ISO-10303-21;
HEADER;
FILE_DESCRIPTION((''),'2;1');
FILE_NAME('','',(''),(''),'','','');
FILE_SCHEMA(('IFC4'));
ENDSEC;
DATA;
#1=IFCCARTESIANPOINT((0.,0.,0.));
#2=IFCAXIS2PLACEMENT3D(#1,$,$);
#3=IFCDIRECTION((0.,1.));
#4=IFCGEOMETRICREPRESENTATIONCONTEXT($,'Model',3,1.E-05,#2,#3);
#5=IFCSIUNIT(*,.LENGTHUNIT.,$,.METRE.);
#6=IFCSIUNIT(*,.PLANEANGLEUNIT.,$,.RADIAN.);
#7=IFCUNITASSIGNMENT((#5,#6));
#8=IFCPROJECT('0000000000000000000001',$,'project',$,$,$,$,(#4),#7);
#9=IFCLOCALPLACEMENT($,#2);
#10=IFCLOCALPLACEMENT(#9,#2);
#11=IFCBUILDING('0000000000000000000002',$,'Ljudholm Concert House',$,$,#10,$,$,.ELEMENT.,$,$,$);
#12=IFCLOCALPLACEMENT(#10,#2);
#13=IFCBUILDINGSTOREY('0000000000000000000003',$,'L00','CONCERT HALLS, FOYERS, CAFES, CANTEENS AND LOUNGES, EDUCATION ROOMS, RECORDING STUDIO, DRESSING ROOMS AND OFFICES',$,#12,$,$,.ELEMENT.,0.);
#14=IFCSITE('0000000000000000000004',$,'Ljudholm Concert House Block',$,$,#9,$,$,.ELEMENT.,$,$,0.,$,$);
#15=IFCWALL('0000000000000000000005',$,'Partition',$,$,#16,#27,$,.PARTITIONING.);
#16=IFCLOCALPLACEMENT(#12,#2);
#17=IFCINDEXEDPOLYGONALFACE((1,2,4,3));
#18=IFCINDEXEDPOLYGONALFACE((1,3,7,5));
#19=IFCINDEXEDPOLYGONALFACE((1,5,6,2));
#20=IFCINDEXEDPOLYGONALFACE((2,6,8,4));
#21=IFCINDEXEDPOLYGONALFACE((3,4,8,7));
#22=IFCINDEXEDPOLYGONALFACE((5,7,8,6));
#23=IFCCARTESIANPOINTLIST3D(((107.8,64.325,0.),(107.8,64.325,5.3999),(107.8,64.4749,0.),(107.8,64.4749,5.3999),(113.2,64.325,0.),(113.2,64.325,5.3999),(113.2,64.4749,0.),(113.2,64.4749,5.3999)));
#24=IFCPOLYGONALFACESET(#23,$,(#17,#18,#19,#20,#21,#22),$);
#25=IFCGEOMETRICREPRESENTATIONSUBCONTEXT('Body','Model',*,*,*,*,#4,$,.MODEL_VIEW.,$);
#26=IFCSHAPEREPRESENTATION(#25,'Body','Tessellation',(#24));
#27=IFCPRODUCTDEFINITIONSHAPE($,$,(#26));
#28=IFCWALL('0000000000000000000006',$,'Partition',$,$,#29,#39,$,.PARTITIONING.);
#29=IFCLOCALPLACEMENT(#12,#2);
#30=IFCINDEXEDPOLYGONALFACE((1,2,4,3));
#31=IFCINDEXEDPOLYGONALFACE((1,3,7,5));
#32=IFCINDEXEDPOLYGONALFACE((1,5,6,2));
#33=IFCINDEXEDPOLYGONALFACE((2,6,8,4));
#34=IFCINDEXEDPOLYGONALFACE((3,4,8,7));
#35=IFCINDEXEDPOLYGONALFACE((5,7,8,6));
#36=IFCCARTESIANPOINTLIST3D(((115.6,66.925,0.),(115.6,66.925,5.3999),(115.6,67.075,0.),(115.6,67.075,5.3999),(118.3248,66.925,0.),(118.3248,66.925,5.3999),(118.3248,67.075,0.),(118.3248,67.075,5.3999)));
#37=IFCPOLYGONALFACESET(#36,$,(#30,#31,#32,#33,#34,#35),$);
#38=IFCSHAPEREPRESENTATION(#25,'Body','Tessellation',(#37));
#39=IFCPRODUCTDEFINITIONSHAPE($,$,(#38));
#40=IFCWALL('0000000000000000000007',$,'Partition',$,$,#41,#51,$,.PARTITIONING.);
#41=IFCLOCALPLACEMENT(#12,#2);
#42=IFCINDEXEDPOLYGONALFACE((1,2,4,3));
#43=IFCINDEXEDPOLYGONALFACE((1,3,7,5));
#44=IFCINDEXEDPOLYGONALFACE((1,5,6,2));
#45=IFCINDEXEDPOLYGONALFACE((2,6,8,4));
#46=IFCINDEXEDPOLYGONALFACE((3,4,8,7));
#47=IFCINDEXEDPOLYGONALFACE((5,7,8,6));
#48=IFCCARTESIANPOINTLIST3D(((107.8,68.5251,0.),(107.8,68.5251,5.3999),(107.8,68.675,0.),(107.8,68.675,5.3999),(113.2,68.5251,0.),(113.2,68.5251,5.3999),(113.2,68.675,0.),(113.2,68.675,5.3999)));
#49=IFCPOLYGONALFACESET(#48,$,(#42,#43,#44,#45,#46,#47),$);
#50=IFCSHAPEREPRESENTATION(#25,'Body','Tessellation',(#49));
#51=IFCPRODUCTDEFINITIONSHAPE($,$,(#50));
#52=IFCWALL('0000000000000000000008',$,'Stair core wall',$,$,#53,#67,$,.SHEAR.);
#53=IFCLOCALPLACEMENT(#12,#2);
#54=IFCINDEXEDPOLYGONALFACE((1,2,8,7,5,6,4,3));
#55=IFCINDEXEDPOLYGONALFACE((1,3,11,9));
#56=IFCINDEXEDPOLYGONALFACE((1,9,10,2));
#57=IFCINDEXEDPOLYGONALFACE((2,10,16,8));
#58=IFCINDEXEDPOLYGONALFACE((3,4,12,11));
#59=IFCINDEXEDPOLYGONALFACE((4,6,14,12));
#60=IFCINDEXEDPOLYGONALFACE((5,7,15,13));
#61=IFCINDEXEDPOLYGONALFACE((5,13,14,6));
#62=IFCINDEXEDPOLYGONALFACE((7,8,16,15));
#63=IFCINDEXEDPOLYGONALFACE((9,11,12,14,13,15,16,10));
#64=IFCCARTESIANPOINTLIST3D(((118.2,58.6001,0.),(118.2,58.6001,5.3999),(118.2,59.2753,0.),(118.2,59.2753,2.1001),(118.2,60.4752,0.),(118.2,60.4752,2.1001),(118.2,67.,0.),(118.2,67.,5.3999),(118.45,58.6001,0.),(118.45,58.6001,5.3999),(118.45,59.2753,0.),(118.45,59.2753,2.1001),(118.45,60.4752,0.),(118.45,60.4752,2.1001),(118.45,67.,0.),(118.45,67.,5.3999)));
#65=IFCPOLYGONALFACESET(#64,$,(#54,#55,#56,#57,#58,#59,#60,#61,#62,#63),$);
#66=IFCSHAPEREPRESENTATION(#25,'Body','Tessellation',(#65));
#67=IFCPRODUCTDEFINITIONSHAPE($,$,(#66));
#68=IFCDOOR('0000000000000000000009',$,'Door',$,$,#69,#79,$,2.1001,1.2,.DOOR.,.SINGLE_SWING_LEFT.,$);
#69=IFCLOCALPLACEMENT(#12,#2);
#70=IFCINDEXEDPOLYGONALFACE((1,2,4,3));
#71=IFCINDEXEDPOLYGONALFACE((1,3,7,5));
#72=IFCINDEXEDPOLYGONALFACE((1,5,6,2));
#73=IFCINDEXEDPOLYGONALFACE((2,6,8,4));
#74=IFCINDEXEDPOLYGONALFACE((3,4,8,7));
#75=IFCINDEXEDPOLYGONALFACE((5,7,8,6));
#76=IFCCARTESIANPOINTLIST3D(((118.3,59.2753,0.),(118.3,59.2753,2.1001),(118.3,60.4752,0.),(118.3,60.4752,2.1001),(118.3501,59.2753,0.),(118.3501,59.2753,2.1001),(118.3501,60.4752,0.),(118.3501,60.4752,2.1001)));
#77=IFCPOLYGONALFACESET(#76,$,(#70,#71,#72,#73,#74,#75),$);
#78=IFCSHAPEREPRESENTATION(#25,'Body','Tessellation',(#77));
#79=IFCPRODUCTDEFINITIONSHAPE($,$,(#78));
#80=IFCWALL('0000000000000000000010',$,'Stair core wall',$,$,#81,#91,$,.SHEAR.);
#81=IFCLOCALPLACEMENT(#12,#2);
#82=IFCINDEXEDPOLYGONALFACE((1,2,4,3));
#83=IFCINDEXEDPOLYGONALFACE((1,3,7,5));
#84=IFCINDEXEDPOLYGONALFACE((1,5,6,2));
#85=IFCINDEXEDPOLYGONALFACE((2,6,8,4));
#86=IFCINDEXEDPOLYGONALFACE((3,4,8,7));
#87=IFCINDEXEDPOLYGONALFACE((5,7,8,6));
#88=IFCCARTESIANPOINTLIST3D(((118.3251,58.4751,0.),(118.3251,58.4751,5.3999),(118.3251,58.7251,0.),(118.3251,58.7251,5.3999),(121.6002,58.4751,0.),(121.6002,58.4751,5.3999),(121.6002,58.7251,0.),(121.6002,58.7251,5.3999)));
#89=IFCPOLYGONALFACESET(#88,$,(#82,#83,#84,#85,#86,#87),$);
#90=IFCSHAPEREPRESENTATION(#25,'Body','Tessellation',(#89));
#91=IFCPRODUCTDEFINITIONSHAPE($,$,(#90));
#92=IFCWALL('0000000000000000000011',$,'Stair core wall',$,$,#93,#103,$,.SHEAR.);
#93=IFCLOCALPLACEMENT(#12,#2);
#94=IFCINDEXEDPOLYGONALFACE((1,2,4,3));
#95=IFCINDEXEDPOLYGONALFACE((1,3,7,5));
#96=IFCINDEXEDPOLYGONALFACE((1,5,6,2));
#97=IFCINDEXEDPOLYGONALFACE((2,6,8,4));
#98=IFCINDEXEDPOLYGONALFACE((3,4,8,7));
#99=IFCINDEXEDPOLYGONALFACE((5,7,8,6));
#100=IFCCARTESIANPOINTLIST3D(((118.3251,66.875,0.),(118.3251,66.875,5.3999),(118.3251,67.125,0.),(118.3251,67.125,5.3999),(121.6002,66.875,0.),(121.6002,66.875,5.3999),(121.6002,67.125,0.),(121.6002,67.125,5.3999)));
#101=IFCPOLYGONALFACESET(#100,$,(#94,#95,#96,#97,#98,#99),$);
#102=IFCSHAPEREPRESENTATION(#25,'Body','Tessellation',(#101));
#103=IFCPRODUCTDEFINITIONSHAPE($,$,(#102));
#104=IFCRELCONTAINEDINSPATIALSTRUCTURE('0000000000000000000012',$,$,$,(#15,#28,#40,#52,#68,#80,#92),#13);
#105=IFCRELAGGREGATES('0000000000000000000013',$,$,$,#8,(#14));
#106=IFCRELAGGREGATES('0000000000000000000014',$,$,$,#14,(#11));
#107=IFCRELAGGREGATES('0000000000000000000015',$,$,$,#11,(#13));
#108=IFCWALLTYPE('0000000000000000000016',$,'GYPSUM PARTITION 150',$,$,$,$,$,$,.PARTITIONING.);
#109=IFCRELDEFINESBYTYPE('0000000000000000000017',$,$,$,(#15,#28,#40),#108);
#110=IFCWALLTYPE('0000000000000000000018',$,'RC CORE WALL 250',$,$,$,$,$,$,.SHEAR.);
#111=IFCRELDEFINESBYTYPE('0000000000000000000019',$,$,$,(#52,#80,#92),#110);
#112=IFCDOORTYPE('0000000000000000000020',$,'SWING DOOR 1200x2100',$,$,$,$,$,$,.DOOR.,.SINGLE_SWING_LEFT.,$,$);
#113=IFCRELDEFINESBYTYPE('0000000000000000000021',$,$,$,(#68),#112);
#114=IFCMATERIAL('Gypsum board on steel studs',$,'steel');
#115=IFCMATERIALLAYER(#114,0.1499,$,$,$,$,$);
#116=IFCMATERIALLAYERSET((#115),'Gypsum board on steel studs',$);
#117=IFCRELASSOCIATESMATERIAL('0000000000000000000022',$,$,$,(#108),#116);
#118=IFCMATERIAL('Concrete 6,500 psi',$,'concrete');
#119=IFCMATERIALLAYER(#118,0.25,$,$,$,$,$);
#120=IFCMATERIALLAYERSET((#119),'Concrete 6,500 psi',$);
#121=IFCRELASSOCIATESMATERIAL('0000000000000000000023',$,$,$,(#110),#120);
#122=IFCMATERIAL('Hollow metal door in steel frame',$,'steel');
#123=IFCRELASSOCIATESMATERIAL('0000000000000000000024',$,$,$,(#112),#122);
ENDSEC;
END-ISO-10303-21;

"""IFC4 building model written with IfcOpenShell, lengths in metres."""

from ifc_helpers import new_model, si_unit, direction, frame, frame_2d, origin, place, context, subcontext, project, spatial, rectangle, extrude, material, layer, layer_set, type_object, element, fill, save


model = new_model("IFC4")

# Units and contexts
model_context = context("Model", 3, precision=1e-05, world=origin(), true_north=direction((0.0, 1.0)))
body_context = subcontext(model_context, "Body", "Model", "MODEL_VIEW")
ifc_project = project(units=[si_unit("LENGTHUNIT", "METRE"), si_unit("PLANEANGLEUNIT", "RADIAN")], contexts=[model_context])

# Site, building, storey
site_placement = place(None, origin())
site = spatial("IfcSite", under=ifc_project, at=site_placement, Name="Ljudholm Concert House Block", CompositionType="ELEMENT", RefElevation=0.0)
building_placement = place(site_placement, origin())
building = spatial("IfcBuilding", under=site, at=building_placement, Name="Ljudholm Concert House", CompositionType="ELEMENT")
storey_placement = place(building_placement, origin())
storey = spatial("IfcBuildingStorey", under=building, at=storey_placement, Name="L00", Description="CONCERT HALLS, FOYERS, CAFES, CANTEENS AND LOUNGES, EDUCATION ROOMS, RECORDING STUDIO, DRESSING ROOMS AND OFFICES", CompositionType="ELEMENT", Elevation=0.0)

# Shared definitions
ifc_material_1 = material(Name="Gypsum board on steel studs", Category="steel")
ifc_layer_1 = layer(ifc_material_1, 0.1499)
ifc_layer_set_1 = layer_set([ifc_layer_1], Name="Gypsum board on steel studs")
wall_type_1 = type_object("IfcWallType", Name="GYPSUM PARTITION 150", PredefinedType="PARTITIONING", material=ifc_layer_set_1)

# Walls
wall_1_placement = place(storey_placement, frame((107.8, 64.3999, 0.0), z_axis=(0.0, 0.0, 1.0), x_axis=(1.0, 0.0, 0.0)))
element("IfcWall", 1, at=wall_1_placement, inside=storey, type_object=wall_type_1, Name="Partition", PredefinedType="PARTITIONING", context=body_context, shape_type="SweptSolid", body=[
    extrude(rectangle(XDim=5.3999, YDim=0.1499, at=frame_2d((2.7, 0.0))), origin(), (0.0, 0.0, 1.0), 5.3999),
])
wall_2_placement = place(storey_placement, frame((115.6001, 67.0, 0.0), z_axis=(0.0, 0.0, 1.0), x_axis=(1.0, 0.0, 0.0)))
element("IfcWall", 2, at=wall_2_placement, inside=storey, type_object=wall_type_1, Name="Partition", PredefinedType="PARTITIONING", context=body_context, shape_type="SweptSolid", body=[
    extrude(rectangle(XDim=2.7249, YDim=0.1499, at=frame_2d((1.3623, 0.0))), origin(), (0.0, 0.0, 1.0), 5.3999),
])
wall_3_placement = place(storey_placement, frame((107.8, 68.6001, 0.0), z_axis=(0.0, 0.0, 1.0), x_axis=(1.0, 0.0, 0.0)))
element("IfcWall", 3, at=wall_3_placement, inside=storey, type_object=wall_type_1, Name="Partition", PredefinedType="PARTITIONING", context=body_context, shape_type="SweptSolid", body=[
    extrude(rectangle(XDim=5.3999, YDim=0.1499, at=frame_2d((2.7, 0.0))), origin(), (0.0, 0.0, 1.0), 5.3999),
])

# Wall, opening, door
ifc_material_2 = material(Name="Concrete 6,500 psi", Category="concrete")
ifc_layer_2 = layer(ifc_material_2, 0.25)
ifc_layer_set_2 = layer_set([ifc_layer_2], Name="Concrete 6,500 psi")
wall_type_2 = type_object("IfcWallType", Name="RC CORE WALL 250", PredefinedType="SHEAR", material=ifc_layer_set_2)
wall_4_placement = place(storey_placement, frame((118.325, 58.6001, 0.0), z_axis=(0.0, 0.0, 1.0), x_axis=(0.0, 1.0, 0.0)))
wall_4 = element("IfcWall", 4, at=wall_4_placement, inside=storey, type_object=wall_type_2, Name="Stair core wall", PredefinedType="SHEAR", context=body_context, shape_type="SweptSolid", body=[
    extrude(rectangle(XDim=8.3999, YDim=0.25, at=frame_2d((4.2, 0.0))), origin(), (0.0, 0.0, 1.0), 5.3999),
])
opening_1_placement = place(wall_4_placement, frame((0.675, 0.0, 0.0)))
opening_1 = element("IfcOpeningElement", 5, at=opening_1_placement, cuts=wall_4, PredefinedType="OPENING", context=body_context, shape_type="SweptSolid", body=[
    extrude(rectangle(XDim=1.2, YDim=2.1001, at=frame_2d((0.6001, 1.05))), frame((0.0, 0.135, 0.0), z_axis=(0.0, -1.0, 0.0), x_axis=(1.0, 0.0, 0.0)), (0.0, 0.0, 1.0), 0.27),
])
ifc_material_3 = material(Name="Hollow metal door in steel frame", Category="steel")
door_type_1 = type_object("IfcDoorType", Name="SWING DOOR 1200x2100", OperationType="SINGLE_SWING_LEFT", PredefinedType="DOOR", material=ifc_material_3)
door_1_placement = place(opening_1_placement, origin())
door_1 = element("IfcDoor", 6, at=door_1_placement, inside=storey, type_object=door_type_1, Name="Door", OperationType="SINGLE_SWING_LEFT", OverallHeight=2.1001, OverallWidth=1.2, PredefinedType="DOOR", context=body_context, shape_type="SweptSolid", body=[
    extrude(rectangle(XDim=1.2, YDim=2.1001, at=frame_2d((0.6001, 1.05))), frame((0.0, 0.0249, 0.0), z_axis=(0.0, -1.0, 0.0), x_axis=(1.0, 0.0, 0.0)), (0.0, 0.0, 1.0), 0.05),
])
fill(opening_1, door_1)

# Walls
for number, where, z_axis, x_axis, name in (
    (7, (118.325, 58.6001, 0.0), (0.0, 0.0, 1.0), (1.0, 0.0, 0.0), "Stair core wall"),
    (8, (118.325, 67.0, 0.0), (0.0, 0.0, 1.0), (1.0, 0.0, 0.0), "Stair core wall"),
):
    element("IfcWall", number, at=place(storey_placement, frame(where, z_axis=z_axis, x_axis=x_axis)), inside=storey, type_object=wall_type_2, Name=name, PredefinedType="SHEAR", context=body_context, shape_type="SweptSolid", body=[
        extrude(rectangle(XDim=3.2751, YDim=0.25, at=frame_2d((1.6377, 0.0))), origin(), (0.0, 0.0, 1.0), 5.3999),
    ])

save(model, "model.ifc")
